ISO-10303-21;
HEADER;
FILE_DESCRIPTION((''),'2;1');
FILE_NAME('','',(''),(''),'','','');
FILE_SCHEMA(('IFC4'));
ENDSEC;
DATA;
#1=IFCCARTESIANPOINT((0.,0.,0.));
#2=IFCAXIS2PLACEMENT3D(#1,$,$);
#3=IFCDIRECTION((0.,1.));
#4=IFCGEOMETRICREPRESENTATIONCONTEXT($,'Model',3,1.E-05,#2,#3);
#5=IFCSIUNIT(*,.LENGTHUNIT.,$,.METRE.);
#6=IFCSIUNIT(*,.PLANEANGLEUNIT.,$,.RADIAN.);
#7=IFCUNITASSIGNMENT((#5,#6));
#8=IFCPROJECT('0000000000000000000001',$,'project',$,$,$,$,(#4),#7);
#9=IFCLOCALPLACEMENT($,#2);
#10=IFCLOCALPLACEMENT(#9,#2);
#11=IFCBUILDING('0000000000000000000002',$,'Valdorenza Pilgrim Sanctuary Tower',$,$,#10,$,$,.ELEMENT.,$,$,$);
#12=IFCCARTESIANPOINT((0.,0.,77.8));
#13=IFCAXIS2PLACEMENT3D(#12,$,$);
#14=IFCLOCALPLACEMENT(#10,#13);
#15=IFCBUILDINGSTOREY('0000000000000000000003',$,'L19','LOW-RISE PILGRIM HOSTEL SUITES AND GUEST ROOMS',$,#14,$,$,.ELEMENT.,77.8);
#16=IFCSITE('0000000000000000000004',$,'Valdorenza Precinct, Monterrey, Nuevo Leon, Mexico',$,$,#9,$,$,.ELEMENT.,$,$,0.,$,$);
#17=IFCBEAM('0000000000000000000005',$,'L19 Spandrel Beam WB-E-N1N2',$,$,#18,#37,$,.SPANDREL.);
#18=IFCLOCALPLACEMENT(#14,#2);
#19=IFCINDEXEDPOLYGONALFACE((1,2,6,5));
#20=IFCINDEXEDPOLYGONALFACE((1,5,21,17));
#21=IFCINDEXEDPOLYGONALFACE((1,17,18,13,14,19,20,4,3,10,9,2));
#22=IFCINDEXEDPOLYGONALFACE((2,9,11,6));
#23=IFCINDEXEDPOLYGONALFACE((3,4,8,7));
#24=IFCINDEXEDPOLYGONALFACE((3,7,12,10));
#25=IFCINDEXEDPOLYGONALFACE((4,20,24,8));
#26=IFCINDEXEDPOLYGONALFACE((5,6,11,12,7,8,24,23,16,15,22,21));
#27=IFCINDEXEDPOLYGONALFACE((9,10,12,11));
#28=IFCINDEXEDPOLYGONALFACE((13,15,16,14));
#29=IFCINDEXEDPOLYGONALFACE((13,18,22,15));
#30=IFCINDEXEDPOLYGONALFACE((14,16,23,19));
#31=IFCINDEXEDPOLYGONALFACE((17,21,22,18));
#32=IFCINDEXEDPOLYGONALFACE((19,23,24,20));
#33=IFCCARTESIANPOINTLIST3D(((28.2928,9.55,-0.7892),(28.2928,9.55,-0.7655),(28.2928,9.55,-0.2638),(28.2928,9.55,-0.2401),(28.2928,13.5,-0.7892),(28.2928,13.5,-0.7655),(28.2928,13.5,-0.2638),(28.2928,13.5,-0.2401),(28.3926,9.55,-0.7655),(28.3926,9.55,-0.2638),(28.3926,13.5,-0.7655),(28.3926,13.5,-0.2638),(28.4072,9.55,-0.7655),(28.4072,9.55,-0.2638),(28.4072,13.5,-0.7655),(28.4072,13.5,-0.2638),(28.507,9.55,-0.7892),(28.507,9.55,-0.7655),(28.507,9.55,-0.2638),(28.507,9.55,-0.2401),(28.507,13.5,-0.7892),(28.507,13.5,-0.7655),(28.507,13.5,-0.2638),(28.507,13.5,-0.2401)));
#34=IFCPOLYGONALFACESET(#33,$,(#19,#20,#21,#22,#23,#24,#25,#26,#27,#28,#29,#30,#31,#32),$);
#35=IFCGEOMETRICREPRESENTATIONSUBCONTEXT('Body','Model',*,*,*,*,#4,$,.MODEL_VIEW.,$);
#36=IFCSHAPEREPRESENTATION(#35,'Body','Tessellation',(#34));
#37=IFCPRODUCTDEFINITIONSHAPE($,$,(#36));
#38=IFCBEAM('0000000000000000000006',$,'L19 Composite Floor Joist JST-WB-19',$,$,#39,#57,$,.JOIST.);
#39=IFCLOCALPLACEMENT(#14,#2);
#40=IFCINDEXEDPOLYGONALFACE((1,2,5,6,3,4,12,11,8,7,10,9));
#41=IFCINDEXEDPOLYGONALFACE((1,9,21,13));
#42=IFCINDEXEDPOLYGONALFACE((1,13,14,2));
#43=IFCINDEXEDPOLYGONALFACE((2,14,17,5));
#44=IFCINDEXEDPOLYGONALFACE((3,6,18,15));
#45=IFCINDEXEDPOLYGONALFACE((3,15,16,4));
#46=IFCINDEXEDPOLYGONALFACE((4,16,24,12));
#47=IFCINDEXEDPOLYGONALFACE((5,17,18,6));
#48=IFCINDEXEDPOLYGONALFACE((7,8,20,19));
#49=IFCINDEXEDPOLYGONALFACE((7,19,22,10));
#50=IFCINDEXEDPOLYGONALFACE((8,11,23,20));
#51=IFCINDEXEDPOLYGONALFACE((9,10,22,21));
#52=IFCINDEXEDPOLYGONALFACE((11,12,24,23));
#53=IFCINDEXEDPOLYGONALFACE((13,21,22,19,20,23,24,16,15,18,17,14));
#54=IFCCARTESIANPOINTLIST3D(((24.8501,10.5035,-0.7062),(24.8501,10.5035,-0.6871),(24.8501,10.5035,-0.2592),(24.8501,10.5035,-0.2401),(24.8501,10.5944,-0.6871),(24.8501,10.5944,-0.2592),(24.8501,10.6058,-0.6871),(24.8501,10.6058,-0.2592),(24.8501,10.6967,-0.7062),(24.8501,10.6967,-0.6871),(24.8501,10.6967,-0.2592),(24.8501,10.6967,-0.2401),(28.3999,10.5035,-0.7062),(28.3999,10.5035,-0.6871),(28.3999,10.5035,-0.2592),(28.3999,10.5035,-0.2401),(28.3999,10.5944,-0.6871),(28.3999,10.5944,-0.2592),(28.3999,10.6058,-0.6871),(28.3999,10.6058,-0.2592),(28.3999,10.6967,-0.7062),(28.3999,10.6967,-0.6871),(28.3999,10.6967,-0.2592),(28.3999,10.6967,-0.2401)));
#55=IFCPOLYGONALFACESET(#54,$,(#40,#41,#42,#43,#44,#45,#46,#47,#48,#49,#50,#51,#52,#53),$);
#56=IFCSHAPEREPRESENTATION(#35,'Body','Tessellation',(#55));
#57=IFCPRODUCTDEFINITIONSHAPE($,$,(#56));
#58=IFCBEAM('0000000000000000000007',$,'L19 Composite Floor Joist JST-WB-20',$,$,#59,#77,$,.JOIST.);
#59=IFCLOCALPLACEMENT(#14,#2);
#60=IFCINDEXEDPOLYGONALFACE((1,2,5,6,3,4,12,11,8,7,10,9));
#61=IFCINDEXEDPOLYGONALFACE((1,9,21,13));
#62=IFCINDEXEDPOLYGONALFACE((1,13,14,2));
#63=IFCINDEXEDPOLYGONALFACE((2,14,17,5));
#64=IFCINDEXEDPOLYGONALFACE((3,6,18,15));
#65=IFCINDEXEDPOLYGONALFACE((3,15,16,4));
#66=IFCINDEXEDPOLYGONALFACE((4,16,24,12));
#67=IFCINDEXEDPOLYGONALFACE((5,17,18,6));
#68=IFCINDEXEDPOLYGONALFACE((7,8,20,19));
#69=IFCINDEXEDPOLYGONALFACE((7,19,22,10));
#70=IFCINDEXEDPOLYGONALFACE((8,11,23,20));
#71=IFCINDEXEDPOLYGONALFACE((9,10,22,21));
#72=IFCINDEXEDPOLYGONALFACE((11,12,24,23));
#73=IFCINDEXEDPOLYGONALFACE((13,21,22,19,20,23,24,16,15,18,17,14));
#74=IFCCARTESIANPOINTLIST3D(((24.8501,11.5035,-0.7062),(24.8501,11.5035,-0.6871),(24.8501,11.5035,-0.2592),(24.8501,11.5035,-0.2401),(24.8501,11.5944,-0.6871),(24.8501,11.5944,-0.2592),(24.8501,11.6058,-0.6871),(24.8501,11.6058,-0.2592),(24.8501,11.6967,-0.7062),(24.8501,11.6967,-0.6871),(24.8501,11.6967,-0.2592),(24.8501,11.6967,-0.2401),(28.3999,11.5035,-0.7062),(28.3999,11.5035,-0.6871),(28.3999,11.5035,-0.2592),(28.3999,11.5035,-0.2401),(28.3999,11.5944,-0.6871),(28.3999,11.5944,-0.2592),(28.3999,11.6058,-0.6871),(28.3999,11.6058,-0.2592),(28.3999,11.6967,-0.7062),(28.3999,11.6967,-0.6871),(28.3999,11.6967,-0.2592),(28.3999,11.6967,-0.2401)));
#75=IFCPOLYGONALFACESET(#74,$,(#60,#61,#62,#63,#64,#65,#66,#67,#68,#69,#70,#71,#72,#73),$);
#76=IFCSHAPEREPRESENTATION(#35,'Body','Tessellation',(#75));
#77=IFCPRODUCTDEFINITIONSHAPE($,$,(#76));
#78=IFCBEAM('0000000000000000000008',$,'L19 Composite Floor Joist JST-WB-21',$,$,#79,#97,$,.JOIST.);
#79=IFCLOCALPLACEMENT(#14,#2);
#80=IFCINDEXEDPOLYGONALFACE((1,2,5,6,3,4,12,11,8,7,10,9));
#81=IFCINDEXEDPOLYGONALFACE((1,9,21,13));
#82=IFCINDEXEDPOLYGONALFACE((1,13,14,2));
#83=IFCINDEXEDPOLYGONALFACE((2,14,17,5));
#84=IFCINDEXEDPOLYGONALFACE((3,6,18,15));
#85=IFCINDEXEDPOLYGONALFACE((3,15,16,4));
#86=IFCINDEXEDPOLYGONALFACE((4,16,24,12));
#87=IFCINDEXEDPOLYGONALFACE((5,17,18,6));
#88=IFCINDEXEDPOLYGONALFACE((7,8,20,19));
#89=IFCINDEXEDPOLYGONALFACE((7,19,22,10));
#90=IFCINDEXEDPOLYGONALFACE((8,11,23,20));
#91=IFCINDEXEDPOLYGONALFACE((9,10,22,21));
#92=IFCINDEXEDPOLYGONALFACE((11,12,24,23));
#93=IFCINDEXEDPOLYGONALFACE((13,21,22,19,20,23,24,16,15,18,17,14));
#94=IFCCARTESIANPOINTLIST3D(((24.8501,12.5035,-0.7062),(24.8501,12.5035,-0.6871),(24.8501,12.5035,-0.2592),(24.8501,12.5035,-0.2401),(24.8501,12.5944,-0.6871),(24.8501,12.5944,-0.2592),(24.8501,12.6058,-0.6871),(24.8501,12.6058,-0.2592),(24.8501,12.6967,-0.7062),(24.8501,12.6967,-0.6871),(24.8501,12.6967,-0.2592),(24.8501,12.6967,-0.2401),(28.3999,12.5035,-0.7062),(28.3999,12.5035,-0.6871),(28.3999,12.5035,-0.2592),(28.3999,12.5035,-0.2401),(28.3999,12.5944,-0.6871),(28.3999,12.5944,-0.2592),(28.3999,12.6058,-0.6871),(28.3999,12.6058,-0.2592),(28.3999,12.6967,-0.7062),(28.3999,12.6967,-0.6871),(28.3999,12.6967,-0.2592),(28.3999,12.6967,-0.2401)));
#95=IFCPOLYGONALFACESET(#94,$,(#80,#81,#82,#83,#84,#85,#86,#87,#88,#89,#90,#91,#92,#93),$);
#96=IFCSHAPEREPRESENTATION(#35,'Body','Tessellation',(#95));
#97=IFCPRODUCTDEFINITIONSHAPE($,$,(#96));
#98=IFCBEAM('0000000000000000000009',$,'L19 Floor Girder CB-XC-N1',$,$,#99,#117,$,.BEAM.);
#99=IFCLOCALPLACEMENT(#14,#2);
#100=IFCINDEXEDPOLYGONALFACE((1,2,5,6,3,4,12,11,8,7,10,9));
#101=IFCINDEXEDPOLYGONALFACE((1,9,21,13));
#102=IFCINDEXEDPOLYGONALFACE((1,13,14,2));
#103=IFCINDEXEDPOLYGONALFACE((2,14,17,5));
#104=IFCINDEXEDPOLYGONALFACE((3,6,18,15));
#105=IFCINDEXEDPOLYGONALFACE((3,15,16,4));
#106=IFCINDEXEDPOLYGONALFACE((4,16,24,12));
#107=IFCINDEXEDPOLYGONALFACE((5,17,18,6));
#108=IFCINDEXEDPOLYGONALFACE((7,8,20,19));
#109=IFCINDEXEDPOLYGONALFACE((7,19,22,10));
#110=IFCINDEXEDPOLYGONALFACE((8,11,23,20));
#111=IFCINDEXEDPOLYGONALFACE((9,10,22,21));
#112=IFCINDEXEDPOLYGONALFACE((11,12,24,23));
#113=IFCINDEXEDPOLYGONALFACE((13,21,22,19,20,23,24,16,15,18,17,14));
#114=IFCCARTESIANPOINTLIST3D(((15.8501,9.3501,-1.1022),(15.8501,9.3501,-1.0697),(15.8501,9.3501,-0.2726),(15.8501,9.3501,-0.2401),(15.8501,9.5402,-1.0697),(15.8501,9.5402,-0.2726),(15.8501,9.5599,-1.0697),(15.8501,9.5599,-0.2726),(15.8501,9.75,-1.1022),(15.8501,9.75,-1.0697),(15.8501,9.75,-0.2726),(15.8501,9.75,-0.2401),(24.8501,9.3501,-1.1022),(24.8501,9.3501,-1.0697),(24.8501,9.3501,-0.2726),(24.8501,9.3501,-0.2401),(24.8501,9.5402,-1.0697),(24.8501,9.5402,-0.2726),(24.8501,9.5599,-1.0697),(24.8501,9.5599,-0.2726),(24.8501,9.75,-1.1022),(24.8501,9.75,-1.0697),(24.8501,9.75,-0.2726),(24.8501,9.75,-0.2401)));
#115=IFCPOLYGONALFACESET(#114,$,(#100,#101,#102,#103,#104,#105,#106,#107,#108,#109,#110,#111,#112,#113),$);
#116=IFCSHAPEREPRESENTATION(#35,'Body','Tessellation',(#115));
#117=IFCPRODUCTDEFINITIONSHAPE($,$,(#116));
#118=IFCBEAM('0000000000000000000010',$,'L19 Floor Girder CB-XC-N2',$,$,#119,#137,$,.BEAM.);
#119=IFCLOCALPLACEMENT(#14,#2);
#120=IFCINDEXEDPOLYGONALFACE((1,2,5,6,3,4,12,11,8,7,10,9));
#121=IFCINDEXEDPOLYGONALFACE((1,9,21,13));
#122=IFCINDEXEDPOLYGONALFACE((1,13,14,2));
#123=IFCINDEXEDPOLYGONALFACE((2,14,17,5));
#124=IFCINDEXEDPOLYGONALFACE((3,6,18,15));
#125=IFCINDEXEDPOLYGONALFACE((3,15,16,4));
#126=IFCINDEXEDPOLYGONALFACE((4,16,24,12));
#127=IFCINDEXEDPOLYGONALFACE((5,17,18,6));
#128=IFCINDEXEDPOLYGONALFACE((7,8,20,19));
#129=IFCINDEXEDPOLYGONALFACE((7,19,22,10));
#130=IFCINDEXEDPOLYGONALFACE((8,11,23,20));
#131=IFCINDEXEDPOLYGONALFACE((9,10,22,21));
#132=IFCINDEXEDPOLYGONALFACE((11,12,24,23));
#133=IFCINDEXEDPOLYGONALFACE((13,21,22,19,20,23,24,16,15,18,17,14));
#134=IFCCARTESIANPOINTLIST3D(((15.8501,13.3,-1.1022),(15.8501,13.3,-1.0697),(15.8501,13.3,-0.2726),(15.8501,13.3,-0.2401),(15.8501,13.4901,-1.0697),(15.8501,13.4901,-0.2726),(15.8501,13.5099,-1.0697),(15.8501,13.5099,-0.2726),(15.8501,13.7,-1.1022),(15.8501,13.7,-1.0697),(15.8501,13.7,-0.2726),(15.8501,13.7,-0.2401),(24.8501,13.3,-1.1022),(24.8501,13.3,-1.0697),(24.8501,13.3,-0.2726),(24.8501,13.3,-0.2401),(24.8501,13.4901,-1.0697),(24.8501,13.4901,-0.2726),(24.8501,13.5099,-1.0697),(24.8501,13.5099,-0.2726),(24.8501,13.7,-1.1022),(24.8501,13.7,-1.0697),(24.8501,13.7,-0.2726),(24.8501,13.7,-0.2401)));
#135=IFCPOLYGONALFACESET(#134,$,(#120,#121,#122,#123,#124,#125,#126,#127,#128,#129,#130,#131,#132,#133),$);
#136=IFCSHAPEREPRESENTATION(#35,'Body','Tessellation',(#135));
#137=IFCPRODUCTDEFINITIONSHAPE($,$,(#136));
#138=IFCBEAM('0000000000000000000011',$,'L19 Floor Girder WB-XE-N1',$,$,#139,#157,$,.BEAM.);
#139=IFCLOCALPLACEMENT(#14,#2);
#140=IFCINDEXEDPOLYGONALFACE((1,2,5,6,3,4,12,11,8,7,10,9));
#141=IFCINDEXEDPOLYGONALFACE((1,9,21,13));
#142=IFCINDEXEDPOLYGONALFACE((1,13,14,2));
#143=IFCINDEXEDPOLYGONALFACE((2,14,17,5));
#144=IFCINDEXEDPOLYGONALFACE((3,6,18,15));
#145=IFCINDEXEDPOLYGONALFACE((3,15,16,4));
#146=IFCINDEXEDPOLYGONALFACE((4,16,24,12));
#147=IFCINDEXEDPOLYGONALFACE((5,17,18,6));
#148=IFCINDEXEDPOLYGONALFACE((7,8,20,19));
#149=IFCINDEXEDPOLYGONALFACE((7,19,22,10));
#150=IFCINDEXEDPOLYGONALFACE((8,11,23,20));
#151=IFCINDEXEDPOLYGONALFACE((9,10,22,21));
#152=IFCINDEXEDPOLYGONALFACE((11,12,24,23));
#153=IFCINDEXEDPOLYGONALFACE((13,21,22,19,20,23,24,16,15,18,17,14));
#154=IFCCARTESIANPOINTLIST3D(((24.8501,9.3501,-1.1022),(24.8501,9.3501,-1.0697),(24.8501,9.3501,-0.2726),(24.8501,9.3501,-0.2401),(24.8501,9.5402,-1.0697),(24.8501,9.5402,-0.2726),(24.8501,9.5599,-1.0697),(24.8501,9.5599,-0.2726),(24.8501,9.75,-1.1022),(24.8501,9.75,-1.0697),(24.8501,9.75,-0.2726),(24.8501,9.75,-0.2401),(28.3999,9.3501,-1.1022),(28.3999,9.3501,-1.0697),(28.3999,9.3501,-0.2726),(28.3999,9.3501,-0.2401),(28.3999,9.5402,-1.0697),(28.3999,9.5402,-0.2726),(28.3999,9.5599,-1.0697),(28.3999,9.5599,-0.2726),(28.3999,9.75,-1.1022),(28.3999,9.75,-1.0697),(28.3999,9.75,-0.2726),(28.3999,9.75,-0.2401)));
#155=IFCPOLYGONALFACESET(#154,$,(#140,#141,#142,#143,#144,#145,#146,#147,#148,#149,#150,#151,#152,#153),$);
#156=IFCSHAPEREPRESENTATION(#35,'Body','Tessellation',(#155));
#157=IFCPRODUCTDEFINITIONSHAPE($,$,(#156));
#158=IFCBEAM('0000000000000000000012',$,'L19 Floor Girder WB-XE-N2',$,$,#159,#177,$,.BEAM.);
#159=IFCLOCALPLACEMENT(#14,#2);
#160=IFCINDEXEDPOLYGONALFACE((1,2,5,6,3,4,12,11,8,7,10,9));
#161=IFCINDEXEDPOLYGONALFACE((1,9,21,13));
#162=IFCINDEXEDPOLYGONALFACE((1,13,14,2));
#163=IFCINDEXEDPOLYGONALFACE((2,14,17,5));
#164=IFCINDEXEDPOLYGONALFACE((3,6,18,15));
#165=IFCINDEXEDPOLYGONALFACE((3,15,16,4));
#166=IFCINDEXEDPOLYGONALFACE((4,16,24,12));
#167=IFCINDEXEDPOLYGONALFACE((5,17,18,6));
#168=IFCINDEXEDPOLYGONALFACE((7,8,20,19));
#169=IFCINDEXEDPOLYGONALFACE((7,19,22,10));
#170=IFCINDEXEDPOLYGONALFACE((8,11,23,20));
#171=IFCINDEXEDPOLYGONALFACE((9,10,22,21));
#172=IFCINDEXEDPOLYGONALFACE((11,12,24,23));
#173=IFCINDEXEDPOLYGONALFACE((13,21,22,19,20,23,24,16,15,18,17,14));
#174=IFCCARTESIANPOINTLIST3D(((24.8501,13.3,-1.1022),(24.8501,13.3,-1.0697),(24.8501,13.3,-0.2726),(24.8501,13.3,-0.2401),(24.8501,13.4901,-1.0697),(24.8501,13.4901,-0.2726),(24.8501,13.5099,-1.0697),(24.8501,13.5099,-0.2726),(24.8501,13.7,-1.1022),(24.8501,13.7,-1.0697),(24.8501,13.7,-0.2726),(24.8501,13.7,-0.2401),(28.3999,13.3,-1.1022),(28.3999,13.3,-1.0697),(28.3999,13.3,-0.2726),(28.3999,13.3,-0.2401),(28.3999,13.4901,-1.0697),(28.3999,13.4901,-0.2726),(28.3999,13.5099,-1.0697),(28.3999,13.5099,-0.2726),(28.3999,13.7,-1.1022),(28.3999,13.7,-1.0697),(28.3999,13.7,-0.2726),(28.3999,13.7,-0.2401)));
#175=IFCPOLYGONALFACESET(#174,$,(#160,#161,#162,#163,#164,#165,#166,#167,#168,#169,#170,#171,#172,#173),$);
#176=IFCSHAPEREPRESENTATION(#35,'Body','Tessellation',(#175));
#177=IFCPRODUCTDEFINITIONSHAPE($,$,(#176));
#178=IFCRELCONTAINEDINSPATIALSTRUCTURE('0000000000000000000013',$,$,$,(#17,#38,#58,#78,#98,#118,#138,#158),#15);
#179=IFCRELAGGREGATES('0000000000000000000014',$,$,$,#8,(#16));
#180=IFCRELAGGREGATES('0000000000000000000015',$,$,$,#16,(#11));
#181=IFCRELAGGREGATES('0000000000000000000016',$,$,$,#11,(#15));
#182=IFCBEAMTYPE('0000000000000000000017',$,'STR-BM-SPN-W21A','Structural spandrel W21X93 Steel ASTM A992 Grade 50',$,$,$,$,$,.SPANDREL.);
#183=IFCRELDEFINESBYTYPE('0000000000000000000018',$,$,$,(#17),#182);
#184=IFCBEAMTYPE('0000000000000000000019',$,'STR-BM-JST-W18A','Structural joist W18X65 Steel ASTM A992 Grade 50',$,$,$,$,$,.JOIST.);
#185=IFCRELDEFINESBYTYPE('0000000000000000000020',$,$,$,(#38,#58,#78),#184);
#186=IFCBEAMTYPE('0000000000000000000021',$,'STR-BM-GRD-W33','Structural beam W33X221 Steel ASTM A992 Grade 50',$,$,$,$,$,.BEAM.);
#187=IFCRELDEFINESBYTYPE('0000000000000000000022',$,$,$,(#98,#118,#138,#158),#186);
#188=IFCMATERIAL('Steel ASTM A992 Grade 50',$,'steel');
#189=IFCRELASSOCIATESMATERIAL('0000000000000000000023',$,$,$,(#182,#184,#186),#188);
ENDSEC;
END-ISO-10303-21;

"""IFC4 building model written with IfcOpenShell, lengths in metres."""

from ifc_helpers import new_model, si_unit, direction, frame, origin, origin_2d, place, context, subcontext, project, spatial, i_section, extrude, source, transform, mapped, material, material_profile, profile_set, type_object, element, save


model = new_model("IFC4")

# Units and contexts
model_context = context("Model", 3, precision=1e-05, world=origin(), true_north=direction((0.0, 1.0)))
body_context = subcontext(model_context, "Body", "Model", "MODEL_VIEW")
ifc_project = project(units=[si_unit("LENGTHUNIT", "METRE"), si_unit("PLANEANGLEUNIT", "RADIAN")], contexts=[model_context])

# Site, building, storey
site_placement = place(None, origin())
site = spatial("IfcSite", under=ifc_project, at=site_placement, Name="Valdorenza Precinct, Monterrey, Nuevo Leon, Mexico", CompositionType="ELEMENT", RefElevation=0.0)
building_placement = place(site_placement, origin())
building = spatial("IfcBuilding", under=site, at=building_placement, Name="Valdorenza Pilgrim Sanctuary Tower", CompositionType="ELEMENT")
storey_placement = place(building_placement, frame((0.0, 0.0, 77.8)))
storey = spatial("IfcBuildingStorey", under=building, at=storey_placement, Name="L19", Description="LOW-RISE PILGRIM HOSTEL SUITES AND GUEST ROOMS", CompositionType="ELEMENT", Elevation=77.8)

# Beams
ifc_material_1 = material(Name="Steel ASTM A992 Grade 50", Category="steel")
ifc_material_profile_1 = material_profile(ifc_material_1, i_section(OverallWidth=0.2141, OverallDepth=0.5491, WebThickness=0.0146, FlangeThickness=0.0237, at=origin_2d()), Name="W21X93")
ifc_profile_set_1 = profile_set([ifc_material_profile_1], Name="Steel ASTM A992 Grade 50")
beam_type_1 = type_object("IfcBeamType", Name="STR-BM-SPN-W21A", Description="Structural spandrel W21X93 Steel ASTM A992 Grade 50", PredefinedType="SPANDREL", material=ifc_profile_set_1)
shared_shape_1 = source(origin(), body_context, "Body", "SweptSolid", [
    extrude(i_section(OverallWidth=0.2141, OverallDepth=0.5491, WebThickness=0.0146, FlangeThickness=0.0237, at=origin_2d()), origin(), (0.0, 0.0, 1.0), 3.95),
])
beam_placement = place(storey_placement, frame((28.3999, 9.55, -0.5146), z_axis=(0.0, 1.0, 0.0), x_axis=(-1.0, 0.0, 0.0)))
element("IfcBeam", 1, at=beam_placement, inside=storey, type_object=beam_type_1, Name="L19 Spandrel Beam WB-E-N1N2", PredefinedType="SPANDREL", context=body_context, shape_type="MappedRepresentation", body=[
    mapped(shared_shape_1, transform((0.0, 0.0, 0.0), x_axis=(1.0, 0.0, 0.0), y_axis=(0.0, 1.0, 0.0), z_axis=(0.0, 0.0, 1.0), scale=1.0)),
])
ifc_material_profile_2 = material_profile(ifc_material_1, i_section(OverallWidth=0.1931, OverallDepth=0.4661, WebThickness=0.0115, FlangeThickness=0.019, at=origin_2d()), Name="W18X65")
ifc_profile_set_2 = profile_set([ifc_material_profile_2], Name="Steel ASTM A992 Grade 50")
beam_type_2 = type_object("IfcBeamType", Name="STR-BM-JST-W18A", Description="Structural joist W18X65 Steel ASTM A992 Grade 50", PredefinedType="JOIST", material=ifc_profile_set_2)
shared_shape_2 = source(origin(), body_context, "Body", "SweptSolid", [
    extrude(i_section(OverallWidth=0.1931, OverallDepth=0.4661, WebThickness=0.0115, FlangeThickness=0.019, at=origin_2d()), origin(), (0.0, 0.0, 1.0), 3.5498),
])
for number, where, z_axis, x_axis, name in (
    (2, (24.8501, 10.6001, -0.4731), (1.0, 0.0, 0.0), (0.0, 1.0, 0.0), "L19 Composite Floor Joist JST-WB-19"),
    (3, (24.8501, 11.6001, -0.4731), (1.0, 0.0, 0.0), (0.0, 1.0, 0.0), "L19 Composite Floor Joist JST-WB-20"),
    (4, (24.8501, 12.6001, -0.4731), (1.0, 0.0, 0.0), (0.0, 1.0, 0.0), "L19 Composite Floor Joist JST-WB-21"),
):
    element("IfcBeam", number, at=place(storey_placement, frame(where, z_axis=z_axis, x_axis=x_axis)), inside=storey, type_object=beam_type_2, Name=name, PredefinedType="JOIST", context=body_context, shape_type="MappedRepresentation", body=[
        mapped(shared_shape_2, transform((0.0, 0.0, 0.0), x_axis=(1.0, 0.0, 0.0), y_axis=(0.0, 1.0, 0.0), z_axis=(0.0, 0.0, 1.0), scale=1.0)),
    ])
ifc_material_profile_3 = material_profile(ifc_material_1, i_section(OverallWidth=0.3999, OverallDepth=0.8621, WebThickness=0.0198, FlangeThickness=0.0325, at=origin_2d()), Name="W33X221")
ifc_profile_set_3 = profile_set([ifc_material_profile_3], Name="Steel ASTM A992 Grade 50")
beam_type_3 = type_object("IfcBeamType", Name="STR-BM-GRD-W33", Description="Structural beam W33X221 Steel ASTM A992 Grade 50", PredefinedType="BEAM", material=ifc_profile_set_3)
shared_shape_3 = source(origin(), body_context, "Body", "SweptSolid", [
    extrude(i_section(OverallWidth=0.3999, OverallDepth=0.8621, WebThickness=0.0198, FlangeThickness=0.0325, at=origin_2d()), origin(), (0.0, 0.0, 1.0), 9.0),
])
for number, where, z_axis, x_axis, name in (
    (5, (15.8501, 9.55, -0.6711), (1.0, 0.0, 0.0), (0.0, 1.0, 0.0), "L19 Floor Girder CB-XC-N1"),
    (6, (15.8501, 13.5, -0.6711), (1.0, 0.0, 0.0), (0.0, 1.0, 0.0), "L19 Floor Girder CB-XC-N2"),
):
    element("IfcBeam", number, at=place(storey_placement, frame(where, z_axis=z_axis, x_axis=x_axis)), inside=storey, type_object=beam_type_3, Name=name, PredefinedType="BEAM", context=body_context, shape_type="MappedRepresentation", body=[
        mapped(shared_shape_3, transform((0.0, 0.0, 0.0), x_axis=(1.0, 0.0, 0.0), y_axis=(0.0, 1.0, 0.0), z_axis=(0.0, 0.0, 1.0), scale=1.0)),
    ])
shared_shape_4 = source(origin(), body_context, "Body", "SweptSolid", [
    extrude(i_section(OverallWidth=0.3999, OverallDepth=0.8621, WebThickness=0.0198, FlangeThickness=0.0325, at=origin_2d()), origin(), (0.0, 0.0, 1.0), 3.5498),
])
for number, where, z_axis, x_axis, name in (
    (7, (24.8501, 9.55, -0.6711), (1.0, 0.0, 0.0), (0.0, 1.0, 0.0), "L19 Floor Girder WB-XE-N1"),
    (8, (24.8501, 13.5, -0.6711), (1.0, 0.0, 0.0), (0.0, 1.0, 0.0), "L19 Floor Girder WB-XE-N2"),
):
    element("IfcBeam", number, at=place(storey_placement, frame(where, z_axis=z_axis, x_axis=x_axis)), inside=storey, type_object=beam_type_3, Name=name, PredefinedType="BEAM", context=body_context, shape_type="MappedRepresentation", body=[
        mapped(shared_shape_4, transform((0.0, 0.0, 0.0), x_axis=(1.0, 0.0, 0.0), y_axis=(0.0, 1.0, 0.0), z_axis=(0.0, 0.0, 1.0), scale=1.0)),
    ])

save(model, "model.ifc")
